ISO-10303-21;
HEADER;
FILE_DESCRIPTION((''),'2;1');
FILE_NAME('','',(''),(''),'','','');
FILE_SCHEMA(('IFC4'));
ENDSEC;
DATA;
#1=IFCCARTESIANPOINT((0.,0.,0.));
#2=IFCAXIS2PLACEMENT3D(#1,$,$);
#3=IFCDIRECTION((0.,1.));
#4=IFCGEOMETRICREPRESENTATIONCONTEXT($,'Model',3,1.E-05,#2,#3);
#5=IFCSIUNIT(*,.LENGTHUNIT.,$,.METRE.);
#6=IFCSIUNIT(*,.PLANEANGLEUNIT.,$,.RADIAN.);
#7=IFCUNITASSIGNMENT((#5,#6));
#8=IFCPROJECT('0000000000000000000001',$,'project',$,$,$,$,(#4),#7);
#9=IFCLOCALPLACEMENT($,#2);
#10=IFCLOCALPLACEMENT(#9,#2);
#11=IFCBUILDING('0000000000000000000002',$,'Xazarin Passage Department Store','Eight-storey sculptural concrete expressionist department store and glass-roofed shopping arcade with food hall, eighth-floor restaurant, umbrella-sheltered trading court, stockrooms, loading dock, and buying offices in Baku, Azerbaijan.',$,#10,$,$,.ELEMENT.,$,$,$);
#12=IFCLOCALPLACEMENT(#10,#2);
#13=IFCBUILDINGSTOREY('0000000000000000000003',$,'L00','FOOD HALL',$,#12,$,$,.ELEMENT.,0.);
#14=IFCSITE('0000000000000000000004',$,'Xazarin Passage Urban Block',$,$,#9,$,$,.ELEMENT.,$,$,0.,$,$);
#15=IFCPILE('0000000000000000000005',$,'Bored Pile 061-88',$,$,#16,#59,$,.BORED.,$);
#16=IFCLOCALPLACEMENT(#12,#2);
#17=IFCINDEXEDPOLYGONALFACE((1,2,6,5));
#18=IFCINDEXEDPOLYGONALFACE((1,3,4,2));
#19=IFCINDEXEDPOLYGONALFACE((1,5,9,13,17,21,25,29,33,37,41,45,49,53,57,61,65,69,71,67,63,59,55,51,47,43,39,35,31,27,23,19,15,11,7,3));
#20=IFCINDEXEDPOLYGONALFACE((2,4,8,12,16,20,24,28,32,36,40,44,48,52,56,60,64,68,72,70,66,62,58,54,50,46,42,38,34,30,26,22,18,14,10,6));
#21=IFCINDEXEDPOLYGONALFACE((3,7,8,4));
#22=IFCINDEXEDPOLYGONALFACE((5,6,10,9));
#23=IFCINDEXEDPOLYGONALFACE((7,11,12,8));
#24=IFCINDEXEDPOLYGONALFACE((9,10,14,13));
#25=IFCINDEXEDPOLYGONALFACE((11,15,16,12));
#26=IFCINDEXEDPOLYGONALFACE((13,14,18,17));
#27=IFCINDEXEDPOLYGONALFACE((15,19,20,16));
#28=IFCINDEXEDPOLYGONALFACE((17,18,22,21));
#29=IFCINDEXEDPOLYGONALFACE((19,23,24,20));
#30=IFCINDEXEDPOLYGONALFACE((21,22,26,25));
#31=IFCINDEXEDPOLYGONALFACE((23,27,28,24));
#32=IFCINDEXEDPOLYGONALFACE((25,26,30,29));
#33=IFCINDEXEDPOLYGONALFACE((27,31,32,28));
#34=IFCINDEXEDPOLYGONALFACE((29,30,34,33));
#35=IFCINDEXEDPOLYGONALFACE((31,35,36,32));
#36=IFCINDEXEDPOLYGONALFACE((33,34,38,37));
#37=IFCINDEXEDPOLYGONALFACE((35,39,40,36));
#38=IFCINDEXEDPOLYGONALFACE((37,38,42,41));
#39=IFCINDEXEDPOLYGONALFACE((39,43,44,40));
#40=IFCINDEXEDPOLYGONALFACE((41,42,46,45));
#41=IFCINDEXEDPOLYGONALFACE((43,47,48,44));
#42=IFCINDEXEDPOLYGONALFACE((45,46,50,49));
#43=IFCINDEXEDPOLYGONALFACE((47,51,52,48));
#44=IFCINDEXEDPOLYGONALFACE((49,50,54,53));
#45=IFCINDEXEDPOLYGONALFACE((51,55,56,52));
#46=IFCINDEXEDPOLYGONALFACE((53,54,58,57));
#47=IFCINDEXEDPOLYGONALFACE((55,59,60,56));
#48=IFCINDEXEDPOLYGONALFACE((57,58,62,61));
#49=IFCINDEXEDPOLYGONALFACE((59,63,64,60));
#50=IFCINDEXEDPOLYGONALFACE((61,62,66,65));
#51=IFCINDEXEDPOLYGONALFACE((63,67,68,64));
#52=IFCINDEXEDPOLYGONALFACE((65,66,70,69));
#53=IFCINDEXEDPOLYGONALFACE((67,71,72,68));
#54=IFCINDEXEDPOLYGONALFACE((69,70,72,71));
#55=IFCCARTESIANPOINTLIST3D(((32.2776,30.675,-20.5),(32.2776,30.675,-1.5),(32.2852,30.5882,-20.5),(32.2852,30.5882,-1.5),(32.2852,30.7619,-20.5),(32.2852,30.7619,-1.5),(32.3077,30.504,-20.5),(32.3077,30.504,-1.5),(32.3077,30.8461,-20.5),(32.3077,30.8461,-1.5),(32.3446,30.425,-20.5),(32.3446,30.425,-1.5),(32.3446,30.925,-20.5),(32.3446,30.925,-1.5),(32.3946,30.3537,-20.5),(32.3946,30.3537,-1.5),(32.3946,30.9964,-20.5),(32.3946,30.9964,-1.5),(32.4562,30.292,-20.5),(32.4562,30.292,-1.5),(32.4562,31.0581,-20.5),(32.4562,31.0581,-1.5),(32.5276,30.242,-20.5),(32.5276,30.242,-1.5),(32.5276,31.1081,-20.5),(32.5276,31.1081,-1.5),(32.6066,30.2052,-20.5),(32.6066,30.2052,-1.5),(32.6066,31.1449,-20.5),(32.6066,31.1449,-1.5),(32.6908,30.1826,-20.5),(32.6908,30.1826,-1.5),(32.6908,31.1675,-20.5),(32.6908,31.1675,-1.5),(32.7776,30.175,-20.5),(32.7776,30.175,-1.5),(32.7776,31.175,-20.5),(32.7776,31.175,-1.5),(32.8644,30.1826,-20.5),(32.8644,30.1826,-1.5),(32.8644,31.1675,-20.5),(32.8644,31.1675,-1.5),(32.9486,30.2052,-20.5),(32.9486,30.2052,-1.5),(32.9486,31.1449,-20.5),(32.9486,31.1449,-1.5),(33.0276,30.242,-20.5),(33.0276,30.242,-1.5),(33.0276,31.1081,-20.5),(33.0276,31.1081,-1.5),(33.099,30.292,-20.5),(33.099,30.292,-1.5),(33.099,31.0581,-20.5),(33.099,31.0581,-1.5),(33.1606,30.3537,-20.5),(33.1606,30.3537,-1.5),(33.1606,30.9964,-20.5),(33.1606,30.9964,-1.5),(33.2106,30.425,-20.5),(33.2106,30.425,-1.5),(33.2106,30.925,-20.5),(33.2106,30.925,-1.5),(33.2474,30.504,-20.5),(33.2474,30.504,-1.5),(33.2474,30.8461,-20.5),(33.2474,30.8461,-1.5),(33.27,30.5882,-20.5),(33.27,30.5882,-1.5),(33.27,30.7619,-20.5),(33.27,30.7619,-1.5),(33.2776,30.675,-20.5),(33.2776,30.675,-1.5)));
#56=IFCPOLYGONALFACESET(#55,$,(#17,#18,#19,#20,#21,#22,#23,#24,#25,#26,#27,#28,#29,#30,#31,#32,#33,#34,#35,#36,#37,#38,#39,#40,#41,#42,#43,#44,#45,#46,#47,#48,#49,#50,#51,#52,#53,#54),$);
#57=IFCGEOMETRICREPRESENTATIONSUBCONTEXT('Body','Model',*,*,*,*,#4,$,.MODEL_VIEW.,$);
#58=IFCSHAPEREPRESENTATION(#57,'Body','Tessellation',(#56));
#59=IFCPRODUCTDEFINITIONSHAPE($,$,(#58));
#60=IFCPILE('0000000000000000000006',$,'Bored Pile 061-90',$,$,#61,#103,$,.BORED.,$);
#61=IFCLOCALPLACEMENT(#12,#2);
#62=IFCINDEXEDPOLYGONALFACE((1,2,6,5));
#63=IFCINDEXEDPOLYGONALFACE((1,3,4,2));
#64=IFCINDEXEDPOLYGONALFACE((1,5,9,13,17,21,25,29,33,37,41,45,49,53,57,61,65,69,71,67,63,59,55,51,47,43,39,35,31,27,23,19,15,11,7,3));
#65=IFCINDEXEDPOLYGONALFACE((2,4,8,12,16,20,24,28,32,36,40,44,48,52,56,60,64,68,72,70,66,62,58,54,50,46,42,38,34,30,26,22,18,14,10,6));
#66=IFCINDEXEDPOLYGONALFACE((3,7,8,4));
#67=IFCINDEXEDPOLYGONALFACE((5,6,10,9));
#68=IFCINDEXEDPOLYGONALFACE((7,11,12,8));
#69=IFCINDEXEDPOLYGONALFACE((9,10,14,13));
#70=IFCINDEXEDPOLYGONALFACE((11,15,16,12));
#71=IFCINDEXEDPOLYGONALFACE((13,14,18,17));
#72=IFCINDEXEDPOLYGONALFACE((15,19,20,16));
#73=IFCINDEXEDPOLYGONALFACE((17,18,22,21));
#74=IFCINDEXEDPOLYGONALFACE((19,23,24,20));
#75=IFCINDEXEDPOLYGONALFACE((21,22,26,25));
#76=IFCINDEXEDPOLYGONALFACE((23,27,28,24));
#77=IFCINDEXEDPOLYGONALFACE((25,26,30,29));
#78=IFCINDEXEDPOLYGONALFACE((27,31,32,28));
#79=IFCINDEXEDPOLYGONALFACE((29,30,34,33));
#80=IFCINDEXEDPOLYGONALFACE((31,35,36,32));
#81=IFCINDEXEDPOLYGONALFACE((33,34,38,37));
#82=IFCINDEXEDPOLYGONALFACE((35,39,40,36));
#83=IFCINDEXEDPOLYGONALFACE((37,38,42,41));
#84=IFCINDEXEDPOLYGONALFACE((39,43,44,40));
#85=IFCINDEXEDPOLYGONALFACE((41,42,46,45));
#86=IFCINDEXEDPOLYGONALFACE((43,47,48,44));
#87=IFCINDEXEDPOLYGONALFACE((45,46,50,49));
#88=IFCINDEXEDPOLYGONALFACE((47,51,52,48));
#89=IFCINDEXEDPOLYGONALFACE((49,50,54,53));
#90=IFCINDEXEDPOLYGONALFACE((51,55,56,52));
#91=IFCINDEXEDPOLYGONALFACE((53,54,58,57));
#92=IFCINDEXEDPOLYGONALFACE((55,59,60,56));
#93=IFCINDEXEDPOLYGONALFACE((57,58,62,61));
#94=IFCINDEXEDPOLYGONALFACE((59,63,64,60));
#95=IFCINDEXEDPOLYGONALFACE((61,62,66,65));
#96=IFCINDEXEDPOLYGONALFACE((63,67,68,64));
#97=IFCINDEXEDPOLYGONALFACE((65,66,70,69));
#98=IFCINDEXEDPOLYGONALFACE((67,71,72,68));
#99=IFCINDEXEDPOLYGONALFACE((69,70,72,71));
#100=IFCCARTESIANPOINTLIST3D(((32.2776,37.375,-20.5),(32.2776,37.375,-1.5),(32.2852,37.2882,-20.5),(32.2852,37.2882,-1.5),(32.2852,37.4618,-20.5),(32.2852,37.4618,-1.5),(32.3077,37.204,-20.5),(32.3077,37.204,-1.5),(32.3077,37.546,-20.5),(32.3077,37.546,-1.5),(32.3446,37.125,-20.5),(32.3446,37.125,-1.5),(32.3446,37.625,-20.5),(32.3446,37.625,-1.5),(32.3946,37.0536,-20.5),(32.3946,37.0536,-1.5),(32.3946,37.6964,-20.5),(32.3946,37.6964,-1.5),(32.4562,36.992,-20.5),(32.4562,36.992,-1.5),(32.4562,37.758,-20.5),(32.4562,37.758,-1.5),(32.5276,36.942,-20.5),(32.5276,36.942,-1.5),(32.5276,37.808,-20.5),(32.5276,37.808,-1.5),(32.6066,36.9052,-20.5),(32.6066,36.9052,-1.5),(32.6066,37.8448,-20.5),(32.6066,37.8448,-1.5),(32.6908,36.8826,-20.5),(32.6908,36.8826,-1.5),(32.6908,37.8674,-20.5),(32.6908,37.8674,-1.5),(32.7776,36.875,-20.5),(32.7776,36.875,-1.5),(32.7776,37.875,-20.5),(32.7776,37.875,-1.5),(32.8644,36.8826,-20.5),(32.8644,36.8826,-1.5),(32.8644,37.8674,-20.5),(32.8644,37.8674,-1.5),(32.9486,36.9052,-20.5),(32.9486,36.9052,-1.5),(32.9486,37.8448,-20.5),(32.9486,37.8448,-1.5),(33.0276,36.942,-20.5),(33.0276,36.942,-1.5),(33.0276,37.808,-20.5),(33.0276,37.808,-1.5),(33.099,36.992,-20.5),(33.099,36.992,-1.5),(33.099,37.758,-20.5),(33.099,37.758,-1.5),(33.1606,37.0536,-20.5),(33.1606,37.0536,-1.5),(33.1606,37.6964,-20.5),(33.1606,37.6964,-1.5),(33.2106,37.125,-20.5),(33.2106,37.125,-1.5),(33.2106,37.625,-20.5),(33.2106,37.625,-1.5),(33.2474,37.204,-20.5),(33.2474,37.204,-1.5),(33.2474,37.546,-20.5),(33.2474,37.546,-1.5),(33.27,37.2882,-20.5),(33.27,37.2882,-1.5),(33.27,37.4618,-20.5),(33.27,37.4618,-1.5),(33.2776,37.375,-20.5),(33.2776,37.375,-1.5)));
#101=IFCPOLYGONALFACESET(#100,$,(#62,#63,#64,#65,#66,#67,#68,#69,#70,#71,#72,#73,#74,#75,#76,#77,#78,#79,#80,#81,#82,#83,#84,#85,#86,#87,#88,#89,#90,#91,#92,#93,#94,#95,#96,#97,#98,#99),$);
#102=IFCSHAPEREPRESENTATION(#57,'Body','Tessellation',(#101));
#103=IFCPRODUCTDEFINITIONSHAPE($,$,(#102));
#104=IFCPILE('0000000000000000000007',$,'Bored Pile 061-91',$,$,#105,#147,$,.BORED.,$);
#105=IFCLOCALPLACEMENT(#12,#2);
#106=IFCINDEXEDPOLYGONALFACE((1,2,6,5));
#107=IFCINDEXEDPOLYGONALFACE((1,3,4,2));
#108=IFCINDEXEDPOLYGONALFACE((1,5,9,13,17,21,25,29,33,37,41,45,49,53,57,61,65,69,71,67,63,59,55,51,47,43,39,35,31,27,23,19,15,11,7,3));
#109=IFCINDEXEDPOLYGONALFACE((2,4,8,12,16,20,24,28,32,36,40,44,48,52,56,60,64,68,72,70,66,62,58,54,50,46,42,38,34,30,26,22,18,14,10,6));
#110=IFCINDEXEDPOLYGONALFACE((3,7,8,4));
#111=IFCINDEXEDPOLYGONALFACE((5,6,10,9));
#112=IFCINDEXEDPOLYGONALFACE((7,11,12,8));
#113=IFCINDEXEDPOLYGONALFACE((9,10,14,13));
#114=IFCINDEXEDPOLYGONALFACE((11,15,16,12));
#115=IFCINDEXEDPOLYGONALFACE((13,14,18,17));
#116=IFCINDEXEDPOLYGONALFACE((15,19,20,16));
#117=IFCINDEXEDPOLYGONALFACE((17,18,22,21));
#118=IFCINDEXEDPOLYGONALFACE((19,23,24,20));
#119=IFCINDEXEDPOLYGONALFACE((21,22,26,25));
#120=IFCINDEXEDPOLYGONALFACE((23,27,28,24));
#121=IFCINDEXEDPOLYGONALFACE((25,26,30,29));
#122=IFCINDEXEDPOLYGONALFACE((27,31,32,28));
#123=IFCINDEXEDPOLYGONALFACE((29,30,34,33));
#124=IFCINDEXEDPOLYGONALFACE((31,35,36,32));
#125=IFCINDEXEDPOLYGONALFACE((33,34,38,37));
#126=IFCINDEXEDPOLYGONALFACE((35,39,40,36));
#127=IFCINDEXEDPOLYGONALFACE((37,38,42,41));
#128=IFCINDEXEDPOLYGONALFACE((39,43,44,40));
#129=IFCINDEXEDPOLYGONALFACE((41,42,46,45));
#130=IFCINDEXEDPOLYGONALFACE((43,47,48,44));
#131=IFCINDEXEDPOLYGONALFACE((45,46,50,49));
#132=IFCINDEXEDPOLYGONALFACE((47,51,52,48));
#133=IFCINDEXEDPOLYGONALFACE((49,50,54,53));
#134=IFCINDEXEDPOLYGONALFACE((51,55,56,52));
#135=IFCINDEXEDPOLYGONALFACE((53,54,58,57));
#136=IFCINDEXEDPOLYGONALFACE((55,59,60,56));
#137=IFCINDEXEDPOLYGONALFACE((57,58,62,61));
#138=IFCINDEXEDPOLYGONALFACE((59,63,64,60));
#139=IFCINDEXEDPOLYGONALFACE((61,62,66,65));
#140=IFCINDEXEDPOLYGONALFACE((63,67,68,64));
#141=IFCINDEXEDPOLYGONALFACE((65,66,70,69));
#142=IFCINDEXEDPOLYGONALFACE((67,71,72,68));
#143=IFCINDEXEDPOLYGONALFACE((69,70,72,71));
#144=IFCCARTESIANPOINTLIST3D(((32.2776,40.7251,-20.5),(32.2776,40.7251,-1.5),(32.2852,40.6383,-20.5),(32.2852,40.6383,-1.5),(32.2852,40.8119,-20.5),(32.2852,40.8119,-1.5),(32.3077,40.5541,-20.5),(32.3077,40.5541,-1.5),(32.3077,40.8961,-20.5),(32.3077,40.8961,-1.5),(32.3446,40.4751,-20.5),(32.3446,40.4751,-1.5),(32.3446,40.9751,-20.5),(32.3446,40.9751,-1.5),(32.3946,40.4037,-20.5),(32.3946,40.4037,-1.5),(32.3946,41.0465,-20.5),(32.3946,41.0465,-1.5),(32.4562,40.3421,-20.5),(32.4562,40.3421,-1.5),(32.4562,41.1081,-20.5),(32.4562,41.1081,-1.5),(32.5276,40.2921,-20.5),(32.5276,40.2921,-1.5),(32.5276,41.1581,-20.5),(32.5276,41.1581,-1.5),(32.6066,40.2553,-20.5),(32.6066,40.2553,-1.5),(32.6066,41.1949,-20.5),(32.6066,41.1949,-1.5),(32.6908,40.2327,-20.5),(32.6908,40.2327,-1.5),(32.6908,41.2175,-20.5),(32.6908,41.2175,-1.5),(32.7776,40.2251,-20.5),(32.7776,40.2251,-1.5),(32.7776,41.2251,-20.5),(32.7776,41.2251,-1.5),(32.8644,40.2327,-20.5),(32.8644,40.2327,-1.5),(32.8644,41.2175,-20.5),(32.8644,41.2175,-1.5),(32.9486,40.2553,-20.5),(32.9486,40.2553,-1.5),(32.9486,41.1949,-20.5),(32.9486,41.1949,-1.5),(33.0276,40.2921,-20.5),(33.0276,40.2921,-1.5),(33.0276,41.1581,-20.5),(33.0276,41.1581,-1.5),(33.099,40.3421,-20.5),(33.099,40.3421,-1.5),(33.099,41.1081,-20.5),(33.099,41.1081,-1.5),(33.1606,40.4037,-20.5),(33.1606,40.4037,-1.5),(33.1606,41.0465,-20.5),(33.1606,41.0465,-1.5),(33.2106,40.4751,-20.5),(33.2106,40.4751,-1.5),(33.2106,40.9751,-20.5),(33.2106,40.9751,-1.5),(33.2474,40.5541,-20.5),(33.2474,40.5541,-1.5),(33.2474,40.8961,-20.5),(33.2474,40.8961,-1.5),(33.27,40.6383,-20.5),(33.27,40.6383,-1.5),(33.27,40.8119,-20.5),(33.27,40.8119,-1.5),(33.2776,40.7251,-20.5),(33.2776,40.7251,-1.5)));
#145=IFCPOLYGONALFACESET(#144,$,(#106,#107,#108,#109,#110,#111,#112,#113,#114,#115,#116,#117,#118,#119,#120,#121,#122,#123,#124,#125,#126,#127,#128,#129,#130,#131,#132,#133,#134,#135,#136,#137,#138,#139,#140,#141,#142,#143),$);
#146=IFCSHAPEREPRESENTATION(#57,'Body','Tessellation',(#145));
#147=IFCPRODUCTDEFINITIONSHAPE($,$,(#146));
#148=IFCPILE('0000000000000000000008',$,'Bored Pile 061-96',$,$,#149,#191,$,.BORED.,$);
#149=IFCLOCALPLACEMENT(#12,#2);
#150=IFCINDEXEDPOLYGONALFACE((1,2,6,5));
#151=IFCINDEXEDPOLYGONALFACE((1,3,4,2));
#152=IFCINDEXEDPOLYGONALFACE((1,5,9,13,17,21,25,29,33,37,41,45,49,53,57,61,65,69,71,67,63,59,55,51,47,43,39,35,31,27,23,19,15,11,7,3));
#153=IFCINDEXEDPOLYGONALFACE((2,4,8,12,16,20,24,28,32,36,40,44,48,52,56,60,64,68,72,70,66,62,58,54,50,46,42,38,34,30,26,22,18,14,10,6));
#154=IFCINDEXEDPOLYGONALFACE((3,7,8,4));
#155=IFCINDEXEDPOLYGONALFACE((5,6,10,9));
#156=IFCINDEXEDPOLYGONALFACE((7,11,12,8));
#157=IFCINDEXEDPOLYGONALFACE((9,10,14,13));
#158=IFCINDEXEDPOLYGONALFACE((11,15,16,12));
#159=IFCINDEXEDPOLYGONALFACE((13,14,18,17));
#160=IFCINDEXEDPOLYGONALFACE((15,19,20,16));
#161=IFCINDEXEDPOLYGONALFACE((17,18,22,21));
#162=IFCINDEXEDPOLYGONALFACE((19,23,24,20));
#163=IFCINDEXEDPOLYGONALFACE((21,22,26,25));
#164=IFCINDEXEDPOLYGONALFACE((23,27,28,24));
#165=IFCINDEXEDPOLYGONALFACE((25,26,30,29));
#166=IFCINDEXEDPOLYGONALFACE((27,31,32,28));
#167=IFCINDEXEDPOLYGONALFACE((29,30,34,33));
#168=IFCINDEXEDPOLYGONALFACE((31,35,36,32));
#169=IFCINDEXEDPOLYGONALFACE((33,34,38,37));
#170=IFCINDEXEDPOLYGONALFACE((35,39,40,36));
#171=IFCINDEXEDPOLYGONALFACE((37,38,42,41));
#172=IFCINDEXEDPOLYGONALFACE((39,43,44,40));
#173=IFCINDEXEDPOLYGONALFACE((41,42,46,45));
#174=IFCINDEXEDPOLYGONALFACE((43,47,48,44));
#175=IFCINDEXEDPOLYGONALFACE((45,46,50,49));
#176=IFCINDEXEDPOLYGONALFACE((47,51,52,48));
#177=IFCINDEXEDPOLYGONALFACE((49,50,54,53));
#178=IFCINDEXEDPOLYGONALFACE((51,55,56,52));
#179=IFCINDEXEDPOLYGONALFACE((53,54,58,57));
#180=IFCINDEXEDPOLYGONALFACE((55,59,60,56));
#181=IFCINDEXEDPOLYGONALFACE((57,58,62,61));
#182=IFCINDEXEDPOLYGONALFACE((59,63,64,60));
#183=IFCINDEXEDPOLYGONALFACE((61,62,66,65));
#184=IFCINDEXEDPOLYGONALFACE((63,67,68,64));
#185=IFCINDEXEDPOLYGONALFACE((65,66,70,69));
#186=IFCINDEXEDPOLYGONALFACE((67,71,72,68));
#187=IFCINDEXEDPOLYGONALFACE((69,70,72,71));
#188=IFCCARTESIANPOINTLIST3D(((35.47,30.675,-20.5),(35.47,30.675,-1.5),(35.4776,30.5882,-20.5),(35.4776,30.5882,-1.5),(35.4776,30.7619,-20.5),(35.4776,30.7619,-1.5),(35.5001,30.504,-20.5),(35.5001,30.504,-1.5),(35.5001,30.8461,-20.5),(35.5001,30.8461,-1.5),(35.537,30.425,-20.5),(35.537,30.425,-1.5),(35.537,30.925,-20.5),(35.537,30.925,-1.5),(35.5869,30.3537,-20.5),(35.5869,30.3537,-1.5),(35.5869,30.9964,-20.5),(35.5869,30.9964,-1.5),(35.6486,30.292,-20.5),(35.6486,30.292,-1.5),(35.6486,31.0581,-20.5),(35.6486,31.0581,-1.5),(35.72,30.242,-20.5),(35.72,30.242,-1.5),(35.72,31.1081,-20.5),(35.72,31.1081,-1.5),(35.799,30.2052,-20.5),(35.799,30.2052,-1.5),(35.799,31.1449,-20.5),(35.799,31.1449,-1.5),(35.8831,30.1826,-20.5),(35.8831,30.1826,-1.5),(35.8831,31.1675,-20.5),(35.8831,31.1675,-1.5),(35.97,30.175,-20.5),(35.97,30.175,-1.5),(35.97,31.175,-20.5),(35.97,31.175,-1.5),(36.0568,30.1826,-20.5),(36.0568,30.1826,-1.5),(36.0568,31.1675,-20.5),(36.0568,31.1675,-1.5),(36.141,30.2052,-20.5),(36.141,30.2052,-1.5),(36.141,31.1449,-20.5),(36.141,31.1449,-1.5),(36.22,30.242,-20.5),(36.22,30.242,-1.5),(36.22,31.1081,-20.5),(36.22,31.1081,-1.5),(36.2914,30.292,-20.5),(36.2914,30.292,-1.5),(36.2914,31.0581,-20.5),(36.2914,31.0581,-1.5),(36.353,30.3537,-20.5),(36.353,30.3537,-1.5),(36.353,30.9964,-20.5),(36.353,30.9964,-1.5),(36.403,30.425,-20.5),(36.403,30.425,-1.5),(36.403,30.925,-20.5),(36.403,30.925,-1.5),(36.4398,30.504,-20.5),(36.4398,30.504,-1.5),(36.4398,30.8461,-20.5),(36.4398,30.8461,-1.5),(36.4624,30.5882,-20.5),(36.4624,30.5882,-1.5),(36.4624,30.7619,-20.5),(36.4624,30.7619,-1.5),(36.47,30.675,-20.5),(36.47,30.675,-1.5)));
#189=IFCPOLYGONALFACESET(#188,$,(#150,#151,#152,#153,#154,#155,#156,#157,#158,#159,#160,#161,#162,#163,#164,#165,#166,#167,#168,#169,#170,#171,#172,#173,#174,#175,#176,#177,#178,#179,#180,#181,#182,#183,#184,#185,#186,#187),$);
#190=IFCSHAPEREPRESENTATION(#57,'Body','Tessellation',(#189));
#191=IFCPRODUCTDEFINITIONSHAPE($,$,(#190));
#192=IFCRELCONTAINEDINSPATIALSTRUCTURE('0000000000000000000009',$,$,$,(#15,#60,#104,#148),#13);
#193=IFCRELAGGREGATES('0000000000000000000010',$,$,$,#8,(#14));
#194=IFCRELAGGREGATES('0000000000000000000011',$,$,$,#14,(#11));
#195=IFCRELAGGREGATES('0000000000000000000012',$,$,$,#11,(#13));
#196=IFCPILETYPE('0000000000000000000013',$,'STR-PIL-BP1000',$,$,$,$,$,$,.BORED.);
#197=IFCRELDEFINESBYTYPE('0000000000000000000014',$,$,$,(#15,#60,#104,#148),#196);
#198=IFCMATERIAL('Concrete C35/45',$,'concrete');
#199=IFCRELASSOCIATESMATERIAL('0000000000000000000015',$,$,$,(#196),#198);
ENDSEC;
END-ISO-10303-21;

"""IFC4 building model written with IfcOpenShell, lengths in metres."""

from ifc_helpers import new_model, si_unit, direction, frame, origin, origin_2d, place, context, subcontext, project, spatial, circle, extrude, material, material_profile, profile_set, type_object, element, save


model = new_model("IFC4")

# Units and contexts
model_context = context("Model", 3, precision=1e-05, world=origin(), true_north=direction((0.0, 1.0)))
body_context = subcontext(model_context, "Body", "Model", "MODEL_VIEW")
ifc_project = project(units=[si_unit("LENGTHUNIT", "METRE"), si_unit("PLANEANGLEUNIT", "RADIAN")], contexts=[model_context])

# Site, building, storey
site_placement = place(None, origin())
site = spatial("IfcSite", under=ifc_project, at=site_placement, Name="Xazarin Passage Urban Block", CompositionType="ELEMENT", RefElevation=0.0)
building_placement = place(site_placement, origin())
building = spatial("IfcBuilding", under=site, at=building_placement, Name="Xazarin Passage Department Store", Description="Eight-storey sculptural concrete expressionist department store and glass-roofed shopping arcade with food hall, eighth-floor restaurant, umbrella-sheltered trading court, stockrooms, loading dock, and buying offices in Baku, Azerbaijan.", CompositionType="ELEMENT")
storey_placement = place(building_placement, origin())
storey = spatial("IfcBuildingStorey", under=building, at=storey_placement, Name="L00", Description="FOOD HALL", CompositionType="ELEMENT", Elevation=0.0)

# Shared definitions
ifc_material_1 = material(Name="Concrete C35/45", Category="concrete")

# Piles
ifc_material_profile_1 = material_profile(ifc_material_1, circle(Radius=0.5, at=origin_2d()), Name="BP 1000")
ifc_profile_set_1 = profile_set([ifc_material_profile_1], Name="Concrete C35/45")
pile_type_1 = type_object("IfcPileType", Name="STR-PIL-BP1000", PredefinedType="BORED", material=ifc_profile_set_1)
for number, where, z_axis, x_axis, name in (
    (1, (32.7776, 30.675, -1.5), (0.0, 0.0, -1.0), (1.0, 0.0, 0.0), "Bored Pile 061-88"),
    (2, (32.7776, 37.375, -1.5), (0.0, 0.0, -1.0), (1.0, 0.0, 0.0), "Bored Pile 061-90"),
    (3, (32.7776, 40.7251, -1.5), (0.0, 0.0, -1.0), (1.0, 0.0, 0.0), "Bored Pile 061-91"),
    (4, (35.97, 30.675, -1.5), (0.0, 0.0, -1.0), (1.0, 0.0, 0.0), "Bored Pile 061-96"),
):
    element("IfcPile", number, at=place(storey_placement, frame(where, z_axis=z_axis, x_axis=x_axis)), inside=storey, type_object=pile_type_1, Name=name, PredefinedType="BORED", context=body_context, shape_type="SweptSolid", body=[
        extrude(circle(Radius=0.5, at=origin_2d()), origin(), (0.0, 0.0, 1.0), 19.0),
    ])

save(model, "model.ifc")
